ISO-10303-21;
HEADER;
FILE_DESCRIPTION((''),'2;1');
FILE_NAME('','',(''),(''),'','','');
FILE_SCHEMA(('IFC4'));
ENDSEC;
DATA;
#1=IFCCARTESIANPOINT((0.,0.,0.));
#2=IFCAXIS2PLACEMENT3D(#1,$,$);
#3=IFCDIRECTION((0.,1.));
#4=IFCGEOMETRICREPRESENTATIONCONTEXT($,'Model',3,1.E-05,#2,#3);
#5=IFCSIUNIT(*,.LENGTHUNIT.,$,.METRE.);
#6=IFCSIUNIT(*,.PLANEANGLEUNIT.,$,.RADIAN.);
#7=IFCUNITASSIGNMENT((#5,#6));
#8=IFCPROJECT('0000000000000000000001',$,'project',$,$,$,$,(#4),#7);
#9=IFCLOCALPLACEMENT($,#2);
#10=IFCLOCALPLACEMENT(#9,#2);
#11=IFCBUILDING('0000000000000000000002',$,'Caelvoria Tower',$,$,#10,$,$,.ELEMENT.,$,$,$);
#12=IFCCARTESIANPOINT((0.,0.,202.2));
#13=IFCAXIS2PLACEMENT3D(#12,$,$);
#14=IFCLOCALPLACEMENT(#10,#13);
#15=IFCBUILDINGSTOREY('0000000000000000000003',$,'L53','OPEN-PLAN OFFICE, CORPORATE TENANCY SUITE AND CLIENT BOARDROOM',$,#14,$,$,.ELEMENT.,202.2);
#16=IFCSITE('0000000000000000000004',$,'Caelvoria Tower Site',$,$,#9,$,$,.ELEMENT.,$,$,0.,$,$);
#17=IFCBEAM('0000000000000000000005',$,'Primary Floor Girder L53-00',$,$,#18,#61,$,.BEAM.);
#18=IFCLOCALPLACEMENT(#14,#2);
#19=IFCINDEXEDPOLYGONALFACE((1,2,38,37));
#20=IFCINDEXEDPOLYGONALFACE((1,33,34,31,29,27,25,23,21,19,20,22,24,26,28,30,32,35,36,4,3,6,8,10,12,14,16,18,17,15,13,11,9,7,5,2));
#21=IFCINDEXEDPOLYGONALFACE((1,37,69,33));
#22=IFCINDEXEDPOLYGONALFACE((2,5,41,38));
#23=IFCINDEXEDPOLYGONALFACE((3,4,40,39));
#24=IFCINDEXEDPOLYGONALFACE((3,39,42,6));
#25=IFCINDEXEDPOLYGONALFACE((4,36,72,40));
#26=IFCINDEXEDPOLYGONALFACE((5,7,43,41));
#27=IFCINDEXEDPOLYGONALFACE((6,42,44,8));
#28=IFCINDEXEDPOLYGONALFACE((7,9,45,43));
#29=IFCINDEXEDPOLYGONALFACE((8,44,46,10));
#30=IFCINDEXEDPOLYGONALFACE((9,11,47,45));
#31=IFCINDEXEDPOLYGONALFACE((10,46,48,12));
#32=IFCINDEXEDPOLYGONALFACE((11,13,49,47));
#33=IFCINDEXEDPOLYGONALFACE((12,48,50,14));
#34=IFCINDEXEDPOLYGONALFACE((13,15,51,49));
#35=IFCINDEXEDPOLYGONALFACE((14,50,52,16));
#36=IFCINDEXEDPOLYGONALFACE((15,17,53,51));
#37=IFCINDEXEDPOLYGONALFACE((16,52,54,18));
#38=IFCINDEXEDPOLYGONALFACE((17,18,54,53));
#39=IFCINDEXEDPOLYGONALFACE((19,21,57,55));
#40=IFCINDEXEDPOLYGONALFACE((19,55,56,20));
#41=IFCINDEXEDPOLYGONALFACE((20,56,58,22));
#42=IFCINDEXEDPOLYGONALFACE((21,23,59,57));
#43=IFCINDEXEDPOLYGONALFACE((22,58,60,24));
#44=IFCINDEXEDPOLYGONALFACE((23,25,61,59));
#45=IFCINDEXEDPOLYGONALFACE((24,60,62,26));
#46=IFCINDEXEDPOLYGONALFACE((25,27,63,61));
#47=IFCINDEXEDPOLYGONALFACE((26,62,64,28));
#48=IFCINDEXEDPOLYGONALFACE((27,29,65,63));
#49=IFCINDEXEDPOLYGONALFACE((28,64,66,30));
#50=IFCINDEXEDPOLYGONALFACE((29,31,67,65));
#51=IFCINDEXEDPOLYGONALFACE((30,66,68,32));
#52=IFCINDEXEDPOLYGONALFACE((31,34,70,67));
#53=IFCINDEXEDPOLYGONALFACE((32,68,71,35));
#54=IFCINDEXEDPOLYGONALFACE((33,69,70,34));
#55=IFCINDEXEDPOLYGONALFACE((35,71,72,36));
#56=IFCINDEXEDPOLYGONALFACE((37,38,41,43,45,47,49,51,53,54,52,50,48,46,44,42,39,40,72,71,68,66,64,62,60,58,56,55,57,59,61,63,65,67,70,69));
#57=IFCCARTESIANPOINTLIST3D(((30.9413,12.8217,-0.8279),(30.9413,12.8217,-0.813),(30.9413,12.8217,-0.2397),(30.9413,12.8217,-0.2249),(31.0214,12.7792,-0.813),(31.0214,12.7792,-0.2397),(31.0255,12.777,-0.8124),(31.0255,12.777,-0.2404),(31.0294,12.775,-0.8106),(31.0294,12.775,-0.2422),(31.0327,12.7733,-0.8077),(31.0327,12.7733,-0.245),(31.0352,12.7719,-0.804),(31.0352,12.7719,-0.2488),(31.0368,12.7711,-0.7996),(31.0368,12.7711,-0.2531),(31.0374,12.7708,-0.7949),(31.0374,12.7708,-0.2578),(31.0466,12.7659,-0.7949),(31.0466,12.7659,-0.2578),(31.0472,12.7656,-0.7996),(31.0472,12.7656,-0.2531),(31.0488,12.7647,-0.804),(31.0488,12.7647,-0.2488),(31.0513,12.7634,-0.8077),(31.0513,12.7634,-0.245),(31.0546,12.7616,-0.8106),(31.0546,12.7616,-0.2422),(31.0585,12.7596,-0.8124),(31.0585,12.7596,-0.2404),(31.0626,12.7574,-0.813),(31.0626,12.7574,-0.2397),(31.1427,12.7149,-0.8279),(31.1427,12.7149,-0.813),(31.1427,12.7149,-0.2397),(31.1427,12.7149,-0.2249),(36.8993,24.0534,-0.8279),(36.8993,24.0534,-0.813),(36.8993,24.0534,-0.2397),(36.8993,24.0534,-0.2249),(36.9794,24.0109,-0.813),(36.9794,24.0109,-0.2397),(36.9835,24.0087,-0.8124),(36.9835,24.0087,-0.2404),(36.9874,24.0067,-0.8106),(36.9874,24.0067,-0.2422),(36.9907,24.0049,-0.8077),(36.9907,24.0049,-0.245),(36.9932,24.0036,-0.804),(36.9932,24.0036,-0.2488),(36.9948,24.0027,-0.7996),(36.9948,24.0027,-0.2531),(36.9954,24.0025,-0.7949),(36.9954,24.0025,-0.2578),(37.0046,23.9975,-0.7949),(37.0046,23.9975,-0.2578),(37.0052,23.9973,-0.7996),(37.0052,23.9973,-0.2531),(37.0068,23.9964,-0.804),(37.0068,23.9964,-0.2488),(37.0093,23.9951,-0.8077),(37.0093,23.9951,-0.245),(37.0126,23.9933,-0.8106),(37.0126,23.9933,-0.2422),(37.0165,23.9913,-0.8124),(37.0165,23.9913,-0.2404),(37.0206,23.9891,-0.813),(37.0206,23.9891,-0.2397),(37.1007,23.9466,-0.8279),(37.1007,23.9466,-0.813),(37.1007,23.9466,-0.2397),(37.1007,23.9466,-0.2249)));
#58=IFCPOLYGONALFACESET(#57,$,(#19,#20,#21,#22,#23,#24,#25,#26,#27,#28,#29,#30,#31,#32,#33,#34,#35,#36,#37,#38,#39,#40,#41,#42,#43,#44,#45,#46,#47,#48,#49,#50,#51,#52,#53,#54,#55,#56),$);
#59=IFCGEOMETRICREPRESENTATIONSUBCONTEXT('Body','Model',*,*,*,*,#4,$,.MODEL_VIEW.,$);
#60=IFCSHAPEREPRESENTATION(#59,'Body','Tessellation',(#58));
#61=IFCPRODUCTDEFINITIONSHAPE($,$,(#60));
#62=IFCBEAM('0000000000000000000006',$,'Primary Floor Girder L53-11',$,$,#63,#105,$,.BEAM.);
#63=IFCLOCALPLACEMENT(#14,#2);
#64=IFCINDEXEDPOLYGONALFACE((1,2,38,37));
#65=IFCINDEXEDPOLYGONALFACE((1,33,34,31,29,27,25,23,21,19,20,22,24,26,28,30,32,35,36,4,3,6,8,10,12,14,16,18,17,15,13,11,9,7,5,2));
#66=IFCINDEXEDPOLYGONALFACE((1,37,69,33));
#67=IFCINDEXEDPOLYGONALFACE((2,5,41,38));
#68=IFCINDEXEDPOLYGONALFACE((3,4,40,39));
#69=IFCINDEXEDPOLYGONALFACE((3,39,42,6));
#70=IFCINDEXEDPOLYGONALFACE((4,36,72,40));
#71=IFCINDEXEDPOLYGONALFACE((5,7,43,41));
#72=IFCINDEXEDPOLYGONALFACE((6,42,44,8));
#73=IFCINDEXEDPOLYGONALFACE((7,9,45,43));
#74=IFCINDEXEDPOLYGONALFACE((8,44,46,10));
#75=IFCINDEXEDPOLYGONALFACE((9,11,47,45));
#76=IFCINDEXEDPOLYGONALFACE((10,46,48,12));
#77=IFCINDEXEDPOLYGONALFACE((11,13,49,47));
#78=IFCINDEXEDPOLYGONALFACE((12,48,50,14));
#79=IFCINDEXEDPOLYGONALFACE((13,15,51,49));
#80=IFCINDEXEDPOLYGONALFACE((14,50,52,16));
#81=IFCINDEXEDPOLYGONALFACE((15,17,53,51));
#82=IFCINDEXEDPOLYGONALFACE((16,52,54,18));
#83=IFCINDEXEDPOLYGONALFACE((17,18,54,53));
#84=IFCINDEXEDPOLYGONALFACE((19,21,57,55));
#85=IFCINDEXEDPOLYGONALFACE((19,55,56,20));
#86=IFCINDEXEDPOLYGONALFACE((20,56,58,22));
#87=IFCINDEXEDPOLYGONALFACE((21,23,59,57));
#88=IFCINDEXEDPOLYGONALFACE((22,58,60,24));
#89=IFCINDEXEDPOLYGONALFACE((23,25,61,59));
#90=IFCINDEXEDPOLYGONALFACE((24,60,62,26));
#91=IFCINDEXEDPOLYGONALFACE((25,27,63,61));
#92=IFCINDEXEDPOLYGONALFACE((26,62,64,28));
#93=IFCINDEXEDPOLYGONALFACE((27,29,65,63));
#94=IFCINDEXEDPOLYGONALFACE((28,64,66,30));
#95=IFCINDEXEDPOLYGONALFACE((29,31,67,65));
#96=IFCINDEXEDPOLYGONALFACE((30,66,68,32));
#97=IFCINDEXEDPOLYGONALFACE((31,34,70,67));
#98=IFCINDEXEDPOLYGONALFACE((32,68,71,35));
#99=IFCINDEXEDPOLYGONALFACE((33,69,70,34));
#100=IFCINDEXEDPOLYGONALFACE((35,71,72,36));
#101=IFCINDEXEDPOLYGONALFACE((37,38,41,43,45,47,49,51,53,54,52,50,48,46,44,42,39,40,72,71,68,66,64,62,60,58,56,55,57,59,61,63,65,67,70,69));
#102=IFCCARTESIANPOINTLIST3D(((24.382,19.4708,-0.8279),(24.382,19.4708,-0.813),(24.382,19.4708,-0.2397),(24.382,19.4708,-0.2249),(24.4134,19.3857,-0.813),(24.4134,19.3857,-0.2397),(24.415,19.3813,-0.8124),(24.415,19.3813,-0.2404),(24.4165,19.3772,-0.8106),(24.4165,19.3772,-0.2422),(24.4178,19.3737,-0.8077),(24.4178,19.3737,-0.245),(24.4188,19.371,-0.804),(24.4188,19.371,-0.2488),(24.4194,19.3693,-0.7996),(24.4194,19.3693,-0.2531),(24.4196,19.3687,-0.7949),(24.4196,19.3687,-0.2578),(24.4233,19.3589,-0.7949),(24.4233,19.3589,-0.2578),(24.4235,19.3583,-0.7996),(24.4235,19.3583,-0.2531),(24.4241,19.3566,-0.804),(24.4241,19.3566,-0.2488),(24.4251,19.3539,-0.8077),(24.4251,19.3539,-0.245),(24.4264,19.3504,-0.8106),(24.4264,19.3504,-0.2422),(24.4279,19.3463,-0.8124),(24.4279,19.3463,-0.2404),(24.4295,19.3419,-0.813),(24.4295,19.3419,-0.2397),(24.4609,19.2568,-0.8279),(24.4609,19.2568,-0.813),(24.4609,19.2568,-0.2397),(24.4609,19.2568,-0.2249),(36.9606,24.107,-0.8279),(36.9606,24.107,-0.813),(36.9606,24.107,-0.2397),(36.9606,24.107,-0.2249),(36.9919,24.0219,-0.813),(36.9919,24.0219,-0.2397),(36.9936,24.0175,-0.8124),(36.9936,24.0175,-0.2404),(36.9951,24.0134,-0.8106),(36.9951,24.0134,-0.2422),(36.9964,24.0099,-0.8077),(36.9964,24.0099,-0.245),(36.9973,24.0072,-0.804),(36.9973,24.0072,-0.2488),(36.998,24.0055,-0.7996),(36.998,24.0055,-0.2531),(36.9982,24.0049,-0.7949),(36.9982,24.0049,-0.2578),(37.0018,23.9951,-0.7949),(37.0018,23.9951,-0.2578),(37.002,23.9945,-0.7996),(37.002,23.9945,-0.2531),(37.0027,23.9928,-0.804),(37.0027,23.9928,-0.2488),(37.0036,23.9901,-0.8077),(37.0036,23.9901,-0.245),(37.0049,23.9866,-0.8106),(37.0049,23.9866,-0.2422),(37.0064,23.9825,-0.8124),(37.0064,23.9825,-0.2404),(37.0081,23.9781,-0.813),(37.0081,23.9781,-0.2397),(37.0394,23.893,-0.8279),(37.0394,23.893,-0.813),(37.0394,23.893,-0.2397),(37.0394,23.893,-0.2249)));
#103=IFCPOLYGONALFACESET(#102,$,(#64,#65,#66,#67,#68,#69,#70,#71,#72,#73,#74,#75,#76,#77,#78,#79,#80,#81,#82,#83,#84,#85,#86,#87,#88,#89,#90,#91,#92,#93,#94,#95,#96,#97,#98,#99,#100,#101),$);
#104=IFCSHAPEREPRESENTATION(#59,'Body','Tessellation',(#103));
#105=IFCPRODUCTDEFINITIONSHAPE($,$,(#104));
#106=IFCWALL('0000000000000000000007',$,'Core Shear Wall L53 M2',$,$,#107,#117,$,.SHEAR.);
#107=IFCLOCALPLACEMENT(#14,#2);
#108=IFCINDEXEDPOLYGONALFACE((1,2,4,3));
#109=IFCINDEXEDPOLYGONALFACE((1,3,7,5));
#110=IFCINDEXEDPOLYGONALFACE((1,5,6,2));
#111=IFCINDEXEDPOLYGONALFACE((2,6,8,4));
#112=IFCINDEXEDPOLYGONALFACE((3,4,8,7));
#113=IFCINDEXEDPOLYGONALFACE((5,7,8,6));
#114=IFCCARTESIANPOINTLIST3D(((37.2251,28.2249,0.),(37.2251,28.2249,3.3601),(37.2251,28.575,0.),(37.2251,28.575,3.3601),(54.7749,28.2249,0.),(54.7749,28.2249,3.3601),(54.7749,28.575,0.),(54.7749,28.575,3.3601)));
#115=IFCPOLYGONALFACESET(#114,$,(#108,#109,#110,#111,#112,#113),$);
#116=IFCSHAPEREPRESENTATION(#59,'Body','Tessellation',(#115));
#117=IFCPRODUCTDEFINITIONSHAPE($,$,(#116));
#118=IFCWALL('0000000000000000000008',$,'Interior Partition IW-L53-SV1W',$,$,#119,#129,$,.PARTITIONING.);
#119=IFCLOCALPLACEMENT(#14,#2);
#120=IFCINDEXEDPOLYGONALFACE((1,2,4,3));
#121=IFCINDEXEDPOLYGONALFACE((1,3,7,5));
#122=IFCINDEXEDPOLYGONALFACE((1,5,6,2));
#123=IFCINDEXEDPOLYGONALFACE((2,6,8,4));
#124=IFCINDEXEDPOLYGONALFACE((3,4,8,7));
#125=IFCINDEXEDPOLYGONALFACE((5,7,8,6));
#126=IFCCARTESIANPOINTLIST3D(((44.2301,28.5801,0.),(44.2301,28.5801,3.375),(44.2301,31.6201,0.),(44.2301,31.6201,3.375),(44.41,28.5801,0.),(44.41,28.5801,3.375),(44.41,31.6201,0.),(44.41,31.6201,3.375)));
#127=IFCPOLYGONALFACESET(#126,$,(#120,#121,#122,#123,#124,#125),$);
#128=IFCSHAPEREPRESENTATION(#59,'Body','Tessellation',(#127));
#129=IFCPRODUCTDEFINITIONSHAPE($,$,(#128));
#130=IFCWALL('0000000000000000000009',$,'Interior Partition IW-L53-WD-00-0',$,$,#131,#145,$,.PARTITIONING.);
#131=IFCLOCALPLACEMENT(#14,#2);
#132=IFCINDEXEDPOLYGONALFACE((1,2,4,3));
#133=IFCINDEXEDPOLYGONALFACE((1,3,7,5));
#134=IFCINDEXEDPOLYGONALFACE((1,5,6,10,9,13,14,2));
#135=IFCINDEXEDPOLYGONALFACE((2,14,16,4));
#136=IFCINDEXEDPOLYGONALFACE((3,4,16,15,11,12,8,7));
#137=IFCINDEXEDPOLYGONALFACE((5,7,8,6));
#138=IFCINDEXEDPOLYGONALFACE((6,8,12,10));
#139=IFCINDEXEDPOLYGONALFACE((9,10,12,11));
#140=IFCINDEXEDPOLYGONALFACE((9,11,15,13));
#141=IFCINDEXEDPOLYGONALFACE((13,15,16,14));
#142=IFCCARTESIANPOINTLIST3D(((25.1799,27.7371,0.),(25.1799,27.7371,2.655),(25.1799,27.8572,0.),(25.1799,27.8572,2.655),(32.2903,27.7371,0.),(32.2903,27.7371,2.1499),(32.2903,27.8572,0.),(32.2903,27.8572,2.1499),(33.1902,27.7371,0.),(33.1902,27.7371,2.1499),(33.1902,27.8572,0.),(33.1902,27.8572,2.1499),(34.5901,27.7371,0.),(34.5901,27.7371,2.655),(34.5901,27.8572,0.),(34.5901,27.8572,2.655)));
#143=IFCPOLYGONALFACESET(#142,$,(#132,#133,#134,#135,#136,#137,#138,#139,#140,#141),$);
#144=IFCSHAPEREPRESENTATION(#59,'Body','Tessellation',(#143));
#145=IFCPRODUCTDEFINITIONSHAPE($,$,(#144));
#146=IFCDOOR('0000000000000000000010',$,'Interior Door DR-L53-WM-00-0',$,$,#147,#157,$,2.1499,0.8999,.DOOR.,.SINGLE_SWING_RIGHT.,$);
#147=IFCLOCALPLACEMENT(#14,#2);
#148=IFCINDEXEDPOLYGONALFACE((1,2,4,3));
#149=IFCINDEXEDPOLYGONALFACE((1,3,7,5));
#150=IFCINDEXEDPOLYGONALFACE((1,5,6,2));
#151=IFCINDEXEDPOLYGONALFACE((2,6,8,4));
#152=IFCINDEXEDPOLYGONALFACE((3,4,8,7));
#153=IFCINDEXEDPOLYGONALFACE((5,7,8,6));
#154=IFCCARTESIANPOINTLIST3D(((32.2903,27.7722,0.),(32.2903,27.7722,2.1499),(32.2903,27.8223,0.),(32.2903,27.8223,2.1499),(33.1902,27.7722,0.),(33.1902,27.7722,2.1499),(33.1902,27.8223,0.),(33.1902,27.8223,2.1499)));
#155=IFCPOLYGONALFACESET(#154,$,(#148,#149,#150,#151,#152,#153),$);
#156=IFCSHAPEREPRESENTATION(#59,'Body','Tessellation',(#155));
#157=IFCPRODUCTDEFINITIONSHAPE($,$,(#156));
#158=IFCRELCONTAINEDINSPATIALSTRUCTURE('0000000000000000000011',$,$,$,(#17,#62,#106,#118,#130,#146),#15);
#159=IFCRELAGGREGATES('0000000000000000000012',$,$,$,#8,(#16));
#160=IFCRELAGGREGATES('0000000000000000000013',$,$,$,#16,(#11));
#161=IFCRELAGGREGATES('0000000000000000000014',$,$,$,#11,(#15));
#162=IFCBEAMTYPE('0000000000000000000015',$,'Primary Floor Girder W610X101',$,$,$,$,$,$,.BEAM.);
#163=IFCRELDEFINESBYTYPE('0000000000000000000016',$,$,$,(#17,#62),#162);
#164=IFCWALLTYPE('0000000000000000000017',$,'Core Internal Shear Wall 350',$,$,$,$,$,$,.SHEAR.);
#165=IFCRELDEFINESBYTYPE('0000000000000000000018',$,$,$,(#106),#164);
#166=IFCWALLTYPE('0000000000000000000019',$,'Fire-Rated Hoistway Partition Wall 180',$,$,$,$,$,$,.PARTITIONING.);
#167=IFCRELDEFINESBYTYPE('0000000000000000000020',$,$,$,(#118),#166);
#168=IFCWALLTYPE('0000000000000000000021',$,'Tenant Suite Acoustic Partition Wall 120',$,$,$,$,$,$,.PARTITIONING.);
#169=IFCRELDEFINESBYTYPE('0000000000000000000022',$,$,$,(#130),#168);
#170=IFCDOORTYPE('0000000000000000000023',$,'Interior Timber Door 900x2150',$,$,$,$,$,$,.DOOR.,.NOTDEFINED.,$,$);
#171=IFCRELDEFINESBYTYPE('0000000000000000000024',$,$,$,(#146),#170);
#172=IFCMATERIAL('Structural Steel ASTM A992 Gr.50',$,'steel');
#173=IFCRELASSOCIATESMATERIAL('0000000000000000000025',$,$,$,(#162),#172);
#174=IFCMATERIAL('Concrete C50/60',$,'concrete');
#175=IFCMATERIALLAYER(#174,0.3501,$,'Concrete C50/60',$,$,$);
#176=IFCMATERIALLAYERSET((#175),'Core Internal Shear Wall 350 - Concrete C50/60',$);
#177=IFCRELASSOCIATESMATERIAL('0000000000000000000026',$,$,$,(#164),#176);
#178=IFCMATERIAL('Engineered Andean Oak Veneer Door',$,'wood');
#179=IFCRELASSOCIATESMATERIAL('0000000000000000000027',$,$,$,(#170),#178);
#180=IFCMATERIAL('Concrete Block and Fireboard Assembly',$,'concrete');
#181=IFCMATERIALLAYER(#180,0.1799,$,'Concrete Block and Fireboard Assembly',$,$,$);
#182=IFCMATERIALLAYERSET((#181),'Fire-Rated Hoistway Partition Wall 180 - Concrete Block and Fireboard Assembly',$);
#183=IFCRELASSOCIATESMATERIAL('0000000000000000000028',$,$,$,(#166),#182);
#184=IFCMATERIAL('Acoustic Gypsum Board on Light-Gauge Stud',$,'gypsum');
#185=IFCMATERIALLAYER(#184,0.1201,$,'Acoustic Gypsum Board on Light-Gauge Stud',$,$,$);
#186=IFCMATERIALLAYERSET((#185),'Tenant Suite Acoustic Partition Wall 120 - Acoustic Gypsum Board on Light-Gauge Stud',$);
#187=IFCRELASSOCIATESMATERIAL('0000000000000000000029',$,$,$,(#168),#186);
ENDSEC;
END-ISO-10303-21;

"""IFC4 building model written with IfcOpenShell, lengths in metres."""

from ifc_helpers import new_model, si_unit, direction, frame, frame_2d, origin, origin_2d, place, context, subcontext, project, spatial, rectangle, i_section, extrude, material, layer, layer_set, material_profile, profile_set, type_object, element, fill, save


model = new_model("IFC4")

# Units and contexts
model_context = context("Model", 3, precision=1e-05, world=origin(), true_north=direction((0.0, 1.0)))
body_context = subcontext(model_context, "Body", "Model", "MODEL_VIEW")
ifc_project = project(units=[si_unit("LENGTHUNIT", "METRE"), si_unit("PLANEANGLEUNIT", "RADIAN")], contexts=[model_context])

# Site, building, storey
site_placement = place(None, origin())
site = spatial("IfcSite", under=ifc_project, at=site_placement, Name="Caelvoria Tower Site", CompositionType="ELEMENT", RefElevation=0.0)
building_placement = place(site_placement, origin())
building = spatial("IfcBuilding", under=site, at=building_placement, Name="Caelvoria Tower", CompositionType="ELEMENT")
storey_placement = place(building_placement, frame((0.0, 0.0, 202.2)))
storey = spatial("IfcBuildingStorey", under=building, at=storey_placement, Name="L53", Description="OPEN-PLAN OFFICE, CORPORATE TENANCY SUITE AND CLIENT BOARDROOM", CompositionType="ELEMENT", Elevation=202.2)

# Beams
ifc_material_1 = material(Name="Structural Steel ASTM A992 Gr.50", Category="steel")
ifc_material_profile = material_profile(ifc_material_1, i_section(OverallWidth=0.228, OverallDepth=0.603, WebThickness=0.0105, FlangeThickness=0.0149, FilletRadius=0.0181, at=origin_2d()), Name="Structural Steel ASTM A992 Gr.50")
ifc_profile_set = profile_set([ifc_material_profile], Name="W610X101 - Structural Steel ASTM A992 Gr.50")
beam_type = type_object("IfcBeamType", Name="Primary Floor Girder W610X101", PredefinedType="BEAM", material=ifc_profile_set)
beam_1_placement = place(storey_placement, frame((37.0, 24.0, -0.5264), z_axis=(-0.468614, -0.883403, 0.0), x_axis=(0.883403, -0.468614, 0.0)))
element("IfcBeam", 1, at=beam_1_placement, inside=storey, type_object=beam_type, Name="Primary Floor Girder L53-00", PredefinedType="BEAM", context=body_context, shape_type="SweptSolid", body=[
    extrude(i_section(OverallWidth=0.228, OverallDepth=0.603, WebThickness=0.0105, FlangeThickness=0.0149, FilletRadius=0.0181, at=origin_2d()), origin(), (0.0, 0.0, 1.0), 12.7141),
])
beam_2_placement = place(storey_placement, frame((37.0, 24.0, -0.5264), z_axis=(-0.938295, -0.345837, 0.0), x_axis=(0.345837, -0.938295, 0.0)))
element("IfcBeam", 2, at=beam_2_placement, inside=storey, type_object=beam_type, Name="Primary Floor Girder L53-11", PredefinedType="BEAM", context=body_context, shape_type="SweptSolid", body=[
    extrude(i_section(OverallWidth=0.228, OverallDepth=0.603, WebThickness=0.0105, FlangeThickness=0.0149, FilletRadius=0.0181, at=origin_2d()), origin(), (0.0, 0.0, 1.0), 13.4058),
])

# Shared definitions
ifc_material_2 = material(Name="Concrete C50/60", Category="concrete")
ifc_layer_1 = layer(ifc_material_2, 0.3501, Name="Concrete C50/60")
ifc_layer_set_1 = layer_set([ifc_layer_1], Name="Core Internal Shear Wall 350 - Concrete C50/60")
wall_type_1 = type_object("IfcWallType", Name="Core Internal Shear Wall 350", PredefinedType="SHEAR", material=ifc_layer_set_1)

# Wall
wall_1_placement = place(storey_placement, frame((37.2251, 28.3999, 0.0), z_axis=(0.0, 0.0, 1.0), x_axis=(1.0, 0.0, 0.0)))
element("IfcWall", 3, at=wall_1_placement, inside=storey, type_object=wall_type_1, Name="Core Shear Wall L53 M2", PredefinedType="SHEAR", context=body_context, shape_type="SweptSolid", body=[
    extrude(rectangle(XDim=17.5498, YDim=0.3501, at=frame_2d((8.7749, 0.0))), origin(), (0.0, 0.0, 1.0), 3.3601),
])

# Shared definitions
ifc_material_3 = material(Name="Engineered Andean Oak Veneer Door", Category="wood")
door_type_1 = type_object("IfcDoorType", Name="Interior Timber Door 900x2150", OperationType="NOTDEFINED", PredefinedType="DOOR", material=ifc_material_3)

# Wall
ifc_material_4 = material(Name="Concrete Block and Fireboard Assembly", Category="concrete")
ifc_layer_2 = layer(ifc_material_4, 0.1799, Name="Concrete Block and Fireboard Assembly")
ifc_layer_set_2 = layer_set([ifc_layer_2], Name="Fire-Rated Hoistway Partition Wall 180 - Concrete Block and Fireboard Assembly")
wall_type_2 = type_object("IfcWallType", Name="Fire-Rated Hoistway Partition Wall 180", PredefinedType="PARTITIONING", material=ifc_layer_set_2)
wall_2_placement = place(storey_placement, frame((44.3201, 28.5801, 0.0), z_axis=(0.0, 0.0, 1.0), x_axis=(0.0, 1.0, 0.0)))
element("IfcWall", 4, at=wall_2_placement, inside=storey, type_object=wall_type_2, Name="Interior Partition IW-L53-SV1W", PredefinedType="PARTITIONING", context=body_context, shape_type="SweptSolid", body=[
    extrude(rectangle(XDim=3.04, YDim=0.1799, at=frame_2d((1.52, 0.0))), origin(), (0.0, 0.0, 1.0), 3.375),
])

# Wall, opening, door
ifc_material_5 = material(Name="Acoustic Gypsum Board on Light-Gauge Stud", Category="gypsum")
ifc_layer_3 = layer(ifc_material_5, 0.1201, Name="Acoustic Gypsum Board on Light-Gauge Stud")
ifc_layer_set_3 = layer_set([ifc_layer_3], Name="Tenant Suite Acoustic Partition Wall 120 - Acoustic Gypsum Board on Light-Gauge Stud")
wall_type_3 = type_object("IfcWallType", Name="Tenant Suite Acoustic Partition Wall 120", PredefinedType="PARTITIONING", material=ifc_layer_set_3)
wall_3_placement = place(storey_placement, frame((34.5901, 27.7971, 0.0), z_axis=(0.0, 0.0, 1.0), x_axis=(-1.0, 0.0, 0.0)))
wall_3 = element("IfcWall", 5, at=wall_3_placement, inside=storey, type_object=wall_type_3, Name="Interior Partition IW-L53-WD-00-0", PredefinedType="PARTITIONING", context=body_context, shape_type="SweptSolid", body=[
    extrude(rectangle(XDim=9.4102, YDim=0.1201, at=frame_2d((4.7051, 0.0))), origin(), (0.0, 0.0, 1.0), 2.655),
])
opening_1_placement = place(wall_3_placement, frame((1.3999, 0.0, 0.0)))
opening_1 = element("IfcOpeningElement", 6, at=opening_1_placement, cuts=wall_3, PredefinedType="OPENING", context=body_context, shape_type="SweptSolid", body=[
    extrude(rectangle(XDim=0.8999, YDim=2.1499, at=frame_2d((0.45, 1.075))), frame((0.0, 0.0701, 0.0), z_axis=(0.0, -1.0, 0.0), x_axis=(1.0, 0.0, 0.0)), (0.0, 0.0, 1.0), 0.1401),
])
door_1_placement = place(opening_1_placement, origin())
door_1 = element("IfcDoor", 7, at=door_1_placement, inside=storey, type_object=door_type_1, Name="Interior Door DR-L53-WM-00-0", OperationType="SINGLE_SWING_RIGHT", OverallHeight=2.1499, OverallWidth=0.8999, PredefinedType="DOOR", context=body_context, shape_type="SweptSolid", body=[
    extrude(rectangle(XDim=0.8999, YDim=2.1499, at=frame_2d((0.45, 1.075))), frame((0.0, 0.0249, 0.0), z_axis=(0.0, -1.0, 0.0), x_axis=(1.0, 0.0, 0.0)), (0.0, 0.0, 1.0), 0.05),
])
fill(opening_1, door_1)

save(model, "model.ifc")
